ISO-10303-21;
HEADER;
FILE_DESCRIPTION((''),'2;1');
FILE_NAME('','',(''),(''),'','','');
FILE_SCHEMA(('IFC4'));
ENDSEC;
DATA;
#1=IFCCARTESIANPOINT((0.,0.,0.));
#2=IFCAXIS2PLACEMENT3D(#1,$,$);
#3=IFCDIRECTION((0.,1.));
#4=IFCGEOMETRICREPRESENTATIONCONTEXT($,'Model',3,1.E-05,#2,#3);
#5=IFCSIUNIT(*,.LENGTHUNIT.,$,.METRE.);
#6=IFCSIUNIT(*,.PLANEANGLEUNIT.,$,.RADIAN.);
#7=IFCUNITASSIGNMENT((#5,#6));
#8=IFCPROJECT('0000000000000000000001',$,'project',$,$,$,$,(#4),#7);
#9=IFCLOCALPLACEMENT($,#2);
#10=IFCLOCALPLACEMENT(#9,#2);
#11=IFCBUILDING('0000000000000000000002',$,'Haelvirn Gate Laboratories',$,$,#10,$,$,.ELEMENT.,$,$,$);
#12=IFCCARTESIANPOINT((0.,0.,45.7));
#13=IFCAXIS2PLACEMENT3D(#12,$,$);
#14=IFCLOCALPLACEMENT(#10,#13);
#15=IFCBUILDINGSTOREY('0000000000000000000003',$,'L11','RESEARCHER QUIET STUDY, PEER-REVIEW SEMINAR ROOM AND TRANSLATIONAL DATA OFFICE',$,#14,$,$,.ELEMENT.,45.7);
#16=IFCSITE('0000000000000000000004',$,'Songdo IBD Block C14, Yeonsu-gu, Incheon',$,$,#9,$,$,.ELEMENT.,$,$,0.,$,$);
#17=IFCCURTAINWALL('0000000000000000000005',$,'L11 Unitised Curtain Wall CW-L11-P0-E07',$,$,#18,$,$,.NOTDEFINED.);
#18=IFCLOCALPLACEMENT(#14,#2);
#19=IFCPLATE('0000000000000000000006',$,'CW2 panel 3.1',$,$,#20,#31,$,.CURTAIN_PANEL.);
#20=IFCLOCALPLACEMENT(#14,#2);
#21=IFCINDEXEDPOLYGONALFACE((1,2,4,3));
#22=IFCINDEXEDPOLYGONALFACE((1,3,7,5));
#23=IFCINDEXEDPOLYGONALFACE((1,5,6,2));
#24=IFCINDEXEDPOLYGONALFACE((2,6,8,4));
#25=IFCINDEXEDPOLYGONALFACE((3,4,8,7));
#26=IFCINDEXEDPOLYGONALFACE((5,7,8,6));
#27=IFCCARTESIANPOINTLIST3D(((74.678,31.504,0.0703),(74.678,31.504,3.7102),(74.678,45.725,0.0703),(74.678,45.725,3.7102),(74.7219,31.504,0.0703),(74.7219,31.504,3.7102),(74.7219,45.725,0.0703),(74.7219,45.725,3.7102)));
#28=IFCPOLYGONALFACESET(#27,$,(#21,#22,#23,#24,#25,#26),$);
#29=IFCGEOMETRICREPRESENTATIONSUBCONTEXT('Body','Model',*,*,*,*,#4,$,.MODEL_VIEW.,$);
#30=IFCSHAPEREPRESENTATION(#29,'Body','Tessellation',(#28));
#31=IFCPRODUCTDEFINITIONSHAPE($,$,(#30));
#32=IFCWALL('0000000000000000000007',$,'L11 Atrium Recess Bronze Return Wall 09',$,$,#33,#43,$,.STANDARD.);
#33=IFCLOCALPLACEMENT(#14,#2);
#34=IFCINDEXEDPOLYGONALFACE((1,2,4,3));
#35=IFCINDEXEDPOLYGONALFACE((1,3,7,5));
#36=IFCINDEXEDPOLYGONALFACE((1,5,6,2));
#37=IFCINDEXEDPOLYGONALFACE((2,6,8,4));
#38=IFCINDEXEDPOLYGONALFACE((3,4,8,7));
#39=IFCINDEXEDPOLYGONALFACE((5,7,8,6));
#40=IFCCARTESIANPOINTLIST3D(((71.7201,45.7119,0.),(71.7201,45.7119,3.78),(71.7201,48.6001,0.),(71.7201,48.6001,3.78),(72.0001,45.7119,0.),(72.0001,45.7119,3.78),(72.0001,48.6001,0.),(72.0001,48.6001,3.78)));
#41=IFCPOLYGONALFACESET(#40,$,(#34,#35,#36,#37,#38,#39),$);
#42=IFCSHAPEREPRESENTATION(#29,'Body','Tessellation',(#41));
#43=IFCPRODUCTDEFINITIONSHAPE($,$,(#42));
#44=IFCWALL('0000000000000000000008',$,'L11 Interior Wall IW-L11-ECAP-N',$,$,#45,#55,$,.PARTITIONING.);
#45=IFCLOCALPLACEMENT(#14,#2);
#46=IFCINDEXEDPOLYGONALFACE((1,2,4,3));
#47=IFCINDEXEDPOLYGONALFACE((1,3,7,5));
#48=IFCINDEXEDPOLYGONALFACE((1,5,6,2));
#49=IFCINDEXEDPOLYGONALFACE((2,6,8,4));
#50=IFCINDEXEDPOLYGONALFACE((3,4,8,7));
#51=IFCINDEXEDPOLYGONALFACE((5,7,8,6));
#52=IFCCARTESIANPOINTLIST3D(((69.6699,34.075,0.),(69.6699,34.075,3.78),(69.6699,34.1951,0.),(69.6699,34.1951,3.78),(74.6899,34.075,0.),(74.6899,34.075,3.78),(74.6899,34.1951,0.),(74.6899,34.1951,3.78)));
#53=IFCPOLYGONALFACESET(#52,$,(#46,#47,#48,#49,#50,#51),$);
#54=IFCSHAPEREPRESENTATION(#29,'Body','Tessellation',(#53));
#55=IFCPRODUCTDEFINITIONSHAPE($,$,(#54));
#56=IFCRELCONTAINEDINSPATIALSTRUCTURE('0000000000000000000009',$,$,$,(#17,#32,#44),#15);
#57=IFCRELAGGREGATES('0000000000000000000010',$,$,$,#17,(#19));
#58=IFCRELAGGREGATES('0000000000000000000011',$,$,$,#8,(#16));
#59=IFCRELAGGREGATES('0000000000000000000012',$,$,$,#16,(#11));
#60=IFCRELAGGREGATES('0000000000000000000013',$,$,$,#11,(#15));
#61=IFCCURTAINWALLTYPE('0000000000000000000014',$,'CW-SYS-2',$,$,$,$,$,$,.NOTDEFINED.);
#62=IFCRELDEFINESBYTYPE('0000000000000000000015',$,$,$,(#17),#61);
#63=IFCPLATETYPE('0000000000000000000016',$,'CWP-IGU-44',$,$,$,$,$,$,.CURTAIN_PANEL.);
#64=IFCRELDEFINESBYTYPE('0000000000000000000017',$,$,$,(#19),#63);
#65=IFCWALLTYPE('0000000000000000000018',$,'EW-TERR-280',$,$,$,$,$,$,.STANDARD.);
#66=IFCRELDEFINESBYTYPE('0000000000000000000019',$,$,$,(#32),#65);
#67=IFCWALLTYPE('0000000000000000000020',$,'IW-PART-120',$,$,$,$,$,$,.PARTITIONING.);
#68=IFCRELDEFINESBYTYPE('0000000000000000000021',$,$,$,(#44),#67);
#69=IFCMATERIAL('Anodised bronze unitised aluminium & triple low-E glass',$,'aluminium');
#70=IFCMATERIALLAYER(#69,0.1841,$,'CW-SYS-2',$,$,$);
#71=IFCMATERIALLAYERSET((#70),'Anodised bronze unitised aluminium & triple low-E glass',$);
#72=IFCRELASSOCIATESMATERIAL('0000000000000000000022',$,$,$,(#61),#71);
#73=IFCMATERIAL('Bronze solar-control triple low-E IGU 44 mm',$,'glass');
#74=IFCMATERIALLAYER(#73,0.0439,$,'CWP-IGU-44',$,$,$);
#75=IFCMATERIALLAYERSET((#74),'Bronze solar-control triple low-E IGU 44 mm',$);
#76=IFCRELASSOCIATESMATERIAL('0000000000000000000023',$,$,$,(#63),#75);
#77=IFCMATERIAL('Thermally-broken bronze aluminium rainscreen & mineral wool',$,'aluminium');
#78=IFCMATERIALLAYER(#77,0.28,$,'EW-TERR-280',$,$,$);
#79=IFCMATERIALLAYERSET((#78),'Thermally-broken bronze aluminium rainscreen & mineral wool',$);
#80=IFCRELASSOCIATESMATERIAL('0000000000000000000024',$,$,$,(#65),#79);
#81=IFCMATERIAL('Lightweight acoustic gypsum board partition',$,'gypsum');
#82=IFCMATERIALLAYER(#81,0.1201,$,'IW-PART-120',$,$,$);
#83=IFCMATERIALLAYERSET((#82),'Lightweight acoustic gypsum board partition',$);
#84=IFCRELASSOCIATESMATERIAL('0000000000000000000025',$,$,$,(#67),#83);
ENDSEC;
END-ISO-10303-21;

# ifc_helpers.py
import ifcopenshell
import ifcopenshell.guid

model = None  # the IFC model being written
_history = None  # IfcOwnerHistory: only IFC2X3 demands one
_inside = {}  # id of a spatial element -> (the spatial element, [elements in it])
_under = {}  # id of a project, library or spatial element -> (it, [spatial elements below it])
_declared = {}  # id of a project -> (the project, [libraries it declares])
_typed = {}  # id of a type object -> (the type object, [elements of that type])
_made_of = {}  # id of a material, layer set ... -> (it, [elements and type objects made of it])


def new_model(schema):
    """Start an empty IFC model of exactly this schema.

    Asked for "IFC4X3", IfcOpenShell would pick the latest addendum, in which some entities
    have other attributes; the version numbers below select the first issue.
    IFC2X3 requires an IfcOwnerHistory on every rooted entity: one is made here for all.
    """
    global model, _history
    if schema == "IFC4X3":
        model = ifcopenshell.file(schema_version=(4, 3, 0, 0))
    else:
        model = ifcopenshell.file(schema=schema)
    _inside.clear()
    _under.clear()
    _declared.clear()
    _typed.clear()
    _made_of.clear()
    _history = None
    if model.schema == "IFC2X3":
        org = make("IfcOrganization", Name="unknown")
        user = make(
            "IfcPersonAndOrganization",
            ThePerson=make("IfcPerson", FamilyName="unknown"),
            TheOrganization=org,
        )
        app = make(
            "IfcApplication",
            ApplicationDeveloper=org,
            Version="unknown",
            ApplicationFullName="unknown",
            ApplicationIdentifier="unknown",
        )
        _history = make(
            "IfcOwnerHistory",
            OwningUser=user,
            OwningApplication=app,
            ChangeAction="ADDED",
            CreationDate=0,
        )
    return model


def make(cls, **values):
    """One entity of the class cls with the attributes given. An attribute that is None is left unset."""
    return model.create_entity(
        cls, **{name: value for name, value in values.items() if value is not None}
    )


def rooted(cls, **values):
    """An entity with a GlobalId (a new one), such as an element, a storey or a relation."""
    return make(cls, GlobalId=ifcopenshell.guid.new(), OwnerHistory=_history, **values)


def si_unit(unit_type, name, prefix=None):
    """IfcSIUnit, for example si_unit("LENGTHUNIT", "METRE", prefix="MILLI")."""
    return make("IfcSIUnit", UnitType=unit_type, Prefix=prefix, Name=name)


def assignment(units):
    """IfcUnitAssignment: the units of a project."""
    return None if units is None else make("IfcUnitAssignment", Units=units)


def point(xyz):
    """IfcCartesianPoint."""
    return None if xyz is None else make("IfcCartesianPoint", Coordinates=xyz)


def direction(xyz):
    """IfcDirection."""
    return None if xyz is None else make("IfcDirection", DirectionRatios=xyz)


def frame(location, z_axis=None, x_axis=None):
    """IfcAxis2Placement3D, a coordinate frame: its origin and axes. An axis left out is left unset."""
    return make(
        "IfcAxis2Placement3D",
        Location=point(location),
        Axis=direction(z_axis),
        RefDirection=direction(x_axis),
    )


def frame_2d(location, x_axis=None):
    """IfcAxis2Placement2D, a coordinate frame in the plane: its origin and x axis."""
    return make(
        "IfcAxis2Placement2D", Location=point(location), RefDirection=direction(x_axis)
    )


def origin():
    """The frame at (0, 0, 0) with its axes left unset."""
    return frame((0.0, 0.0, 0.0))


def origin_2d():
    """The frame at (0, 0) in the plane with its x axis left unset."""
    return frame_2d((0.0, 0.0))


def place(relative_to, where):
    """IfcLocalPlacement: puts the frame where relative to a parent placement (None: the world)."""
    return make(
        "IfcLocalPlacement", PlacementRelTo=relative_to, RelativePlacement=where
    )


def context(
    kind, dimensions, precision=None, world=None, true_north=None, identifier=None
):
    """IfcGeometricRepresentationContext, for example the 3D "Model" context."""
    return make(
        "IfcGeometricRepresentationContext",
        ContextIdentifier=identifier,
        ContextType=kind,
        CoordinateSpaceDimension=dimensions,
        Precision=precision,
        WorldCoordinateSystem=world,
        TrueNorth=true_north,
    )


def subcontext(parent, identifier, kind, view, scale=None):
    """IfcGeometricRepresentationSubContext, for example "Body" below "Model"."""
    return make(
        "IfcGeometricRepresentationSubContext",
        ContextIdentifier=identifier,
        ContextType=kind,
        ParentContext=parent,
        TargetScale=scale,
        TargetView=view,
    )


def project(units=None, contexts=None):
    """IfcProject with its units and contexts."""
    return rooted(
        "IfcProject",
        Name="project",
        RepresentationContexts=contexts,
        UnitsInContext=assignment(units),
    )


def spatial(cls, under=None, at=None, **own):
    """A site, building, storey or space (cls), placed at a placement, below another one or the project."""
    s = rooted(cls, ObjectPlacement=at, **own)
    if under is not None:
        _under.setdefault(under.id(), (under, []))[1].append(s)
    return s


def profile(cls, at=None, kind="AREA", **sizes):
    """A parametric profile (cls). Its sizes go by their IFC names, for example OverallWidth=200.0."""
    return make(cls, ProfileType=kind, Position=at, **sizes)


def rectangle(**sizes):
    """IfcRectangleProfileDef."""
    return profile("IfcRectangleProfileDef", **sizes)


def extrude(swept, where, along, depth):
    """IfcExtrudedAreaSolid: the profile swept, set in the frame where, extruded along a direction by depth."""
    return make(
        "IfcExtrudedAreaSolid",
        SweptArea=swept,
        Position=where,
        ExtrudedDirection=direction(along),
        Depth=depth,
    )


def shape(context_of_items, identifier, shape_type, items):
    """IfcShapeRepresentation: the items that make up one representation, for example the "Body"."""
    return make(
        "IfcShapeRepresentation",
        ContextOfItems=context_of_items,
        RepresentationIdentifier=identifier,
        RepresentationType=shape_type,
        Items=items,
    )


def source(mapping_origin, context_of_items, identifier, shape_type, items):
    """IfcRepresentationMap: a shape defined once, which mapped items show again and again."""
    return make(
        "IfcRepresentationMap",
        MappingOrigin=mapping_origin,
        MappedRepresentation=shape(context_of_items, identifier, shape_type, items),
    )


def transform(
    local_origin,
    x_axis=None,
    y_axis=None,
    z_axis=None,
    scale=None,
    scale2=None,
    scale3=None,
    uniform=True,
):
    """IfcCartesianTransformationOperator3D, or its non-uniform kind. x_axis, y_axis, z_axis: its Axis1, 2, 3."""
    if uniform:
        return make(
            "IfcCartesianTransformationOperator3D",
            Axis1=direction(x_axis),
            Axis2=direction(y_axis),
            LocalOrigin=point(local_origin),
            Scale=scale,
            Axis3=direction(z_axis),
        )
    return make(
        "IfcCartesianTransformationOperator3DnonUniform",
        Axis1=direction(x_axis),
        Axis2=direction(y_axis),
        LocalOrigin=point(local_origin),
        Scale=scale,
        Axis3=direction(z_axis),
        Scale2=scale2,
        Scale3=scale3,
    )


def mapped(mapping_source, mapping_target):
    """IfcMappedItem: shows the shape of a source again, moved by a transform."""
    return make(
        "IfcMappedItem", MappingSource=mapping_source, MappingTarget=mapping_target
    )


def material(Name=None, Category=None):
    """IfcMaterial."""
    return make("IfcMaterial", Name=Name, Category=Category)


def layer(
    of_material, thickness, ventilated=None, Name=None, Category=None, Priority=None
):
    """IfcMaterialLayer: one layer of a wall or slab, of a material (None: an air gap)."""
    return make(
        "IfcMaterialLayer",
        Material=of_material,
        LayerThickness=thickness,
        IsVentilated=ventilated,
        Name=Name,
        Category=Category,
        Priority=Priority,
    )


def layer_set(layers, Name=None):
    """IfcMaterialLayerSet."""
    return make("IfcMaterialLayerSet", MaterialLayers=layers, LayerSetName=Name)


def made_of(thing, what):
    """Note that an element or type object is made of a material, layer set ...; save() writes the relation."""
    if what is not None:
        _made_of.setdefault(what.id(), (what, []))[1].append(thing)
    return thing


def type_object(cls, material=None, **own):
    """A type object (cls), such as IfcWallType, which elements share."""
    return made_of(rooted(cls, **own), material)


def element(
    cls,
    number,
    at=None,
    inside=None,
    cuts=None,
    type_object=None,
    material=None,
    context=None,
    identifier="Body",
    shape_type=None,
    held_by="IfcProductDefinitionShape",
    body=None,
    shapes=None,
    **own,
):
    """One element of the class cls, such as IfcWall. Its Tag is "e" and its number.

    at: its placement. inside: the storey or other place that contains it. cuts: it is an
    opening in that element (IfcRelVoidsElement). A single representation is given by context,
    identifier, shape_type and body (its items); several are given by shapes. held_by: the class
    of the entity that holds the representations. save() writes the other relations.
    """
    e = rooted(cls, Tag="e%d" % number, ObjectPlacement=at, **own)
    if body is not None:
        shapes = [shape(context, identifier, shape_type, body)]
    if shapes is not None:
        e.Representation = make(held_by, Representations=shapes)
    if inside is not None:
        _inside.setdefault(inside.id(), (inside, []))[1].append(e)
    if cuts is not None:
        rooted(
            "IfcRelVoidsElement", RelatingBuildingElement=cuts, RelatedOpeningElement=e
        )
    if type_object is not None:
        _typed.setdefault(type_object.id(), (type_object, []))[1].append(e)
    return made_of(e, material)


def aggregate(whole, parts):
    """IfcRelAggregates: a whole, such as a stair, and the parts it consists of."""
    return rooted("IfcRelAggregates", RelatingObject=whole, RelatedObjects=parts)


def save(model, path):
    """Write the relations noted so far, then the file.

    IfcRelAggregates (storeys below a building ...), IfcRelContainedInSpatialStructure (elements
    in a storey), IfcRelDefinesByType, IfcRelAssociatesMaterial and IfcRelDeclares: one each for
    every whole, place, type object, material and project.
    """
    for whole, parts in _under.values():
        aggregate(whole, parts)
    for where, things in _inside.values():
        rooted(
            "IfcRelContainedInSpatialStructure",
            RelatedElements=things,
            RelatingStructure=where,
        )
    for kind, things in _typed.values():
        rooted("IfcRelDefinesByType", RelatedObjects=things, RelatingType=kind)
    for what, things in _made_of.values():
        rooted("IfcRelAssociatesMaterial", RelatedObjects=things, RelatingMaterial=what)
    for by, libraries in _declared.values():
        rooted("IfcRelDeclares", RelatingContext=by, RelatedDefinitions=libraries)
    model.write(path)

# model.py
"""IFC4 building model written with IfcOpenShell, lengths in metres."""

from ifc_helpers import new_model, si_unit, direction, frame, frame_2d, origin, origin_2d, place, context, subcontext, project, spatial, rectangle, extrude, source, transform, mapped, material, layer, layer_set, type_object, element, aggregate, save


model = new_model("IFC4")

# Units and contexts
model_context = context("Model", 3, precision=1e-05, world=origin(), true_north=direction((0.0, 1.0)))
body_context = subcontext(model_context, "Body", "Model", "MODEL_VIEW")
ifc_project = project(units=[si_unit("LENGTHUNIT", "METRE"), si_unit("PLANEANGLEUNIT", "RADIAN")], contexts=[model_context])

# Site, building, storey
site_placement = place(None, origin())
site = spatial("IfcSite", under=ifc_project, at=site_placement, Name="Songdo IBD Block C14, Yeonsu-gu, Incheon", CompositionType="ELEMENT", RefElevation=0.0)
building_placement = place(site_placement, origin())
building = spatial("IfcBuilding", under=site, at=building_placement, Name="Haelvirn Gate Laboratories", CompositionType="ELEMENT")
storey_placement = place(building_placement, frame((0.0, 0.0, 45.7)))
storey = spatial("IfcBuildingStorey", under=building, at=storey_placement, Name="L11", Description="RESEARCHER QUIET STUDY, PEER-REVIEW SEMINAR ROOM AND TRANSLATIONAL DATA OFFICE", CompositionType="ELEMENT", Elevation=45.7)

# Curtain wall
ifc_material_1 = material(Name="Anodised bronze unitised aluminium & triple low-E glass", Category="aluminium")
ifc_layer_1 = layer(ifc_material_1, 0.1841, Name="CW-SYS-2")
ifc_layer_set_1 = layer_set([ifc_layer_1], Name="Anodised bronze unitised aluminium & triple low-E glass")
curtain_wall_type_1 = type_object("IfcCurtainWallType", Name="CW-SYS-2", PredefinedType="NOTDEFINED", material=ifc_layer_set_1)
curtain_wall_1_placement = place(storey_placement, origin())
curtain_wall_1 = element("IfcCurtainWall", 1, at=curtain_wall_1_placement, inside=storey, type_object=curtain_wall_type_1, Name="L11 Unitised Curtain Wall CW-L11-P0-E07", PredefinedType="NOTDEFINED")

# Plate
ifc_material_2 = material(Name="Bronze solar-control triple low-E IGU 44 mm", Category="glass")
ifc_layer_2 = layer(ifc_material_2, 0.0439, Name="CWP-IGU-44")
ifc_layer_set_2 = layer_set([ifc_layer_2], Name="Bronze solar-control triple low-E IGU 44 mm")
plate_type_1 = type_object("IfcPlateType", Name="CWP-IGU-44", PredefinedType="CURTAIN_PANEL", material=ifc_layer_set_2)
shared_shape_1 = source(origin(), body_context, "Body", "SweptSolid", [
    extrude(rectangle(XDim=14.2209, YDim=0.0439, at=origin_2d()), origin(), (0.0, 0.0, 1.0), 3.6399),
])
plate_1_placement = place(storey_placement, frame((74.7, 38.6145, 0.0703), z_axis=(0.0, 0.0, 1.0), x_axis=(0.0, 1.0, 0.0)))
plate_1 = element("IfcPlate", 2, at=plate_1_placement, type_object=plate_type_1, Name="CW2 panel 3.1", PredefinedType="CURTAIN_PANEL", context=body_context, shape_type="MappedRepresentation", body=[
    mapped(shared_shape_1, transform((0.0, 0.0, 0.0), scale=1.0)),
])
aggregate(curtain_wall_1, [plate_1])

# Walls
ifc_material_3 = material(Name="Thermally-broken bronze aluminium rainscreen & mineral wool", Category="aluminium")
ifc_layer_3 = layer(ifc_material_3, 0.28, Name="EW-TERR-280")
ifc_layer_set_3 = layer_set([ifc_layer_3], Name="Thermally-broken bronze aluminium rainscreen & mineral wool")
wall_type_1 = type_object("IfcWallType", Name="EW-TERR-280", PredefinedType="STANDARD", material=ifc_layer_set_3)
wall_1_placement = place(storey_placement, frame((71.8601, 45.7119, 0.0), z_axis=(0.0, 0.0, 1.0), x_axis=(0.0, 1.0, 0.0)))
element("IfcWall", 3, at=wall_1_placement, inside=storey, type_object=wall_type_1, Name="L11 Atrium Recess Bronze Return Wall 09", PredefinedType="STANDARD", context=body_context, shape_type="SweptSolid", body=[
    extrude(rectangle(XDim=2.8882, YDim=0.28, at=frame_2d((1.4441, 0.0))), origin(), (0.0, 0.0, 1.0), 3.78),
])
ifc_material_4 = material(Name="Lightweight acoustic gypsum board partition", Category="gypsum")
ifc_layer_4 = layer(ifc_material_4, 0.1201, Name="IW-PART-120")
ifc_layer_set_4 = layer_set([ifc_layer_4], Name="Lightweight acoustic gypsum board partition")
wall_type_2 = type_object("IfcWallType", Name="IW-PART-120", PredefinedType="PARTITIONING", material=ifc_layer_set_4)
wall_2_placement = place(storey_placement, frame((69.6699, 34.135, 0.0), z_axis=(0.0, 0.0, 1.0), x_axis=(1.0, 0.0, 0.0)))
element("IfcWall", 4, at=wall_2_placement, inside=storey, type_object=wall_type_2, Name="L11 Interior Wall IW-L11-ECAP-N", PredefinedType="PARTITIONING", context=body_context, shape_type="SweptSolid", body=[
    extrude(rectangle(XDim=5.02, YDim=0.1201, at=frame_2d((2.51, 0.0))), origin(), (0.0, 0.0, 1.0), 3.78),
])

save(model, "model.ifc")
